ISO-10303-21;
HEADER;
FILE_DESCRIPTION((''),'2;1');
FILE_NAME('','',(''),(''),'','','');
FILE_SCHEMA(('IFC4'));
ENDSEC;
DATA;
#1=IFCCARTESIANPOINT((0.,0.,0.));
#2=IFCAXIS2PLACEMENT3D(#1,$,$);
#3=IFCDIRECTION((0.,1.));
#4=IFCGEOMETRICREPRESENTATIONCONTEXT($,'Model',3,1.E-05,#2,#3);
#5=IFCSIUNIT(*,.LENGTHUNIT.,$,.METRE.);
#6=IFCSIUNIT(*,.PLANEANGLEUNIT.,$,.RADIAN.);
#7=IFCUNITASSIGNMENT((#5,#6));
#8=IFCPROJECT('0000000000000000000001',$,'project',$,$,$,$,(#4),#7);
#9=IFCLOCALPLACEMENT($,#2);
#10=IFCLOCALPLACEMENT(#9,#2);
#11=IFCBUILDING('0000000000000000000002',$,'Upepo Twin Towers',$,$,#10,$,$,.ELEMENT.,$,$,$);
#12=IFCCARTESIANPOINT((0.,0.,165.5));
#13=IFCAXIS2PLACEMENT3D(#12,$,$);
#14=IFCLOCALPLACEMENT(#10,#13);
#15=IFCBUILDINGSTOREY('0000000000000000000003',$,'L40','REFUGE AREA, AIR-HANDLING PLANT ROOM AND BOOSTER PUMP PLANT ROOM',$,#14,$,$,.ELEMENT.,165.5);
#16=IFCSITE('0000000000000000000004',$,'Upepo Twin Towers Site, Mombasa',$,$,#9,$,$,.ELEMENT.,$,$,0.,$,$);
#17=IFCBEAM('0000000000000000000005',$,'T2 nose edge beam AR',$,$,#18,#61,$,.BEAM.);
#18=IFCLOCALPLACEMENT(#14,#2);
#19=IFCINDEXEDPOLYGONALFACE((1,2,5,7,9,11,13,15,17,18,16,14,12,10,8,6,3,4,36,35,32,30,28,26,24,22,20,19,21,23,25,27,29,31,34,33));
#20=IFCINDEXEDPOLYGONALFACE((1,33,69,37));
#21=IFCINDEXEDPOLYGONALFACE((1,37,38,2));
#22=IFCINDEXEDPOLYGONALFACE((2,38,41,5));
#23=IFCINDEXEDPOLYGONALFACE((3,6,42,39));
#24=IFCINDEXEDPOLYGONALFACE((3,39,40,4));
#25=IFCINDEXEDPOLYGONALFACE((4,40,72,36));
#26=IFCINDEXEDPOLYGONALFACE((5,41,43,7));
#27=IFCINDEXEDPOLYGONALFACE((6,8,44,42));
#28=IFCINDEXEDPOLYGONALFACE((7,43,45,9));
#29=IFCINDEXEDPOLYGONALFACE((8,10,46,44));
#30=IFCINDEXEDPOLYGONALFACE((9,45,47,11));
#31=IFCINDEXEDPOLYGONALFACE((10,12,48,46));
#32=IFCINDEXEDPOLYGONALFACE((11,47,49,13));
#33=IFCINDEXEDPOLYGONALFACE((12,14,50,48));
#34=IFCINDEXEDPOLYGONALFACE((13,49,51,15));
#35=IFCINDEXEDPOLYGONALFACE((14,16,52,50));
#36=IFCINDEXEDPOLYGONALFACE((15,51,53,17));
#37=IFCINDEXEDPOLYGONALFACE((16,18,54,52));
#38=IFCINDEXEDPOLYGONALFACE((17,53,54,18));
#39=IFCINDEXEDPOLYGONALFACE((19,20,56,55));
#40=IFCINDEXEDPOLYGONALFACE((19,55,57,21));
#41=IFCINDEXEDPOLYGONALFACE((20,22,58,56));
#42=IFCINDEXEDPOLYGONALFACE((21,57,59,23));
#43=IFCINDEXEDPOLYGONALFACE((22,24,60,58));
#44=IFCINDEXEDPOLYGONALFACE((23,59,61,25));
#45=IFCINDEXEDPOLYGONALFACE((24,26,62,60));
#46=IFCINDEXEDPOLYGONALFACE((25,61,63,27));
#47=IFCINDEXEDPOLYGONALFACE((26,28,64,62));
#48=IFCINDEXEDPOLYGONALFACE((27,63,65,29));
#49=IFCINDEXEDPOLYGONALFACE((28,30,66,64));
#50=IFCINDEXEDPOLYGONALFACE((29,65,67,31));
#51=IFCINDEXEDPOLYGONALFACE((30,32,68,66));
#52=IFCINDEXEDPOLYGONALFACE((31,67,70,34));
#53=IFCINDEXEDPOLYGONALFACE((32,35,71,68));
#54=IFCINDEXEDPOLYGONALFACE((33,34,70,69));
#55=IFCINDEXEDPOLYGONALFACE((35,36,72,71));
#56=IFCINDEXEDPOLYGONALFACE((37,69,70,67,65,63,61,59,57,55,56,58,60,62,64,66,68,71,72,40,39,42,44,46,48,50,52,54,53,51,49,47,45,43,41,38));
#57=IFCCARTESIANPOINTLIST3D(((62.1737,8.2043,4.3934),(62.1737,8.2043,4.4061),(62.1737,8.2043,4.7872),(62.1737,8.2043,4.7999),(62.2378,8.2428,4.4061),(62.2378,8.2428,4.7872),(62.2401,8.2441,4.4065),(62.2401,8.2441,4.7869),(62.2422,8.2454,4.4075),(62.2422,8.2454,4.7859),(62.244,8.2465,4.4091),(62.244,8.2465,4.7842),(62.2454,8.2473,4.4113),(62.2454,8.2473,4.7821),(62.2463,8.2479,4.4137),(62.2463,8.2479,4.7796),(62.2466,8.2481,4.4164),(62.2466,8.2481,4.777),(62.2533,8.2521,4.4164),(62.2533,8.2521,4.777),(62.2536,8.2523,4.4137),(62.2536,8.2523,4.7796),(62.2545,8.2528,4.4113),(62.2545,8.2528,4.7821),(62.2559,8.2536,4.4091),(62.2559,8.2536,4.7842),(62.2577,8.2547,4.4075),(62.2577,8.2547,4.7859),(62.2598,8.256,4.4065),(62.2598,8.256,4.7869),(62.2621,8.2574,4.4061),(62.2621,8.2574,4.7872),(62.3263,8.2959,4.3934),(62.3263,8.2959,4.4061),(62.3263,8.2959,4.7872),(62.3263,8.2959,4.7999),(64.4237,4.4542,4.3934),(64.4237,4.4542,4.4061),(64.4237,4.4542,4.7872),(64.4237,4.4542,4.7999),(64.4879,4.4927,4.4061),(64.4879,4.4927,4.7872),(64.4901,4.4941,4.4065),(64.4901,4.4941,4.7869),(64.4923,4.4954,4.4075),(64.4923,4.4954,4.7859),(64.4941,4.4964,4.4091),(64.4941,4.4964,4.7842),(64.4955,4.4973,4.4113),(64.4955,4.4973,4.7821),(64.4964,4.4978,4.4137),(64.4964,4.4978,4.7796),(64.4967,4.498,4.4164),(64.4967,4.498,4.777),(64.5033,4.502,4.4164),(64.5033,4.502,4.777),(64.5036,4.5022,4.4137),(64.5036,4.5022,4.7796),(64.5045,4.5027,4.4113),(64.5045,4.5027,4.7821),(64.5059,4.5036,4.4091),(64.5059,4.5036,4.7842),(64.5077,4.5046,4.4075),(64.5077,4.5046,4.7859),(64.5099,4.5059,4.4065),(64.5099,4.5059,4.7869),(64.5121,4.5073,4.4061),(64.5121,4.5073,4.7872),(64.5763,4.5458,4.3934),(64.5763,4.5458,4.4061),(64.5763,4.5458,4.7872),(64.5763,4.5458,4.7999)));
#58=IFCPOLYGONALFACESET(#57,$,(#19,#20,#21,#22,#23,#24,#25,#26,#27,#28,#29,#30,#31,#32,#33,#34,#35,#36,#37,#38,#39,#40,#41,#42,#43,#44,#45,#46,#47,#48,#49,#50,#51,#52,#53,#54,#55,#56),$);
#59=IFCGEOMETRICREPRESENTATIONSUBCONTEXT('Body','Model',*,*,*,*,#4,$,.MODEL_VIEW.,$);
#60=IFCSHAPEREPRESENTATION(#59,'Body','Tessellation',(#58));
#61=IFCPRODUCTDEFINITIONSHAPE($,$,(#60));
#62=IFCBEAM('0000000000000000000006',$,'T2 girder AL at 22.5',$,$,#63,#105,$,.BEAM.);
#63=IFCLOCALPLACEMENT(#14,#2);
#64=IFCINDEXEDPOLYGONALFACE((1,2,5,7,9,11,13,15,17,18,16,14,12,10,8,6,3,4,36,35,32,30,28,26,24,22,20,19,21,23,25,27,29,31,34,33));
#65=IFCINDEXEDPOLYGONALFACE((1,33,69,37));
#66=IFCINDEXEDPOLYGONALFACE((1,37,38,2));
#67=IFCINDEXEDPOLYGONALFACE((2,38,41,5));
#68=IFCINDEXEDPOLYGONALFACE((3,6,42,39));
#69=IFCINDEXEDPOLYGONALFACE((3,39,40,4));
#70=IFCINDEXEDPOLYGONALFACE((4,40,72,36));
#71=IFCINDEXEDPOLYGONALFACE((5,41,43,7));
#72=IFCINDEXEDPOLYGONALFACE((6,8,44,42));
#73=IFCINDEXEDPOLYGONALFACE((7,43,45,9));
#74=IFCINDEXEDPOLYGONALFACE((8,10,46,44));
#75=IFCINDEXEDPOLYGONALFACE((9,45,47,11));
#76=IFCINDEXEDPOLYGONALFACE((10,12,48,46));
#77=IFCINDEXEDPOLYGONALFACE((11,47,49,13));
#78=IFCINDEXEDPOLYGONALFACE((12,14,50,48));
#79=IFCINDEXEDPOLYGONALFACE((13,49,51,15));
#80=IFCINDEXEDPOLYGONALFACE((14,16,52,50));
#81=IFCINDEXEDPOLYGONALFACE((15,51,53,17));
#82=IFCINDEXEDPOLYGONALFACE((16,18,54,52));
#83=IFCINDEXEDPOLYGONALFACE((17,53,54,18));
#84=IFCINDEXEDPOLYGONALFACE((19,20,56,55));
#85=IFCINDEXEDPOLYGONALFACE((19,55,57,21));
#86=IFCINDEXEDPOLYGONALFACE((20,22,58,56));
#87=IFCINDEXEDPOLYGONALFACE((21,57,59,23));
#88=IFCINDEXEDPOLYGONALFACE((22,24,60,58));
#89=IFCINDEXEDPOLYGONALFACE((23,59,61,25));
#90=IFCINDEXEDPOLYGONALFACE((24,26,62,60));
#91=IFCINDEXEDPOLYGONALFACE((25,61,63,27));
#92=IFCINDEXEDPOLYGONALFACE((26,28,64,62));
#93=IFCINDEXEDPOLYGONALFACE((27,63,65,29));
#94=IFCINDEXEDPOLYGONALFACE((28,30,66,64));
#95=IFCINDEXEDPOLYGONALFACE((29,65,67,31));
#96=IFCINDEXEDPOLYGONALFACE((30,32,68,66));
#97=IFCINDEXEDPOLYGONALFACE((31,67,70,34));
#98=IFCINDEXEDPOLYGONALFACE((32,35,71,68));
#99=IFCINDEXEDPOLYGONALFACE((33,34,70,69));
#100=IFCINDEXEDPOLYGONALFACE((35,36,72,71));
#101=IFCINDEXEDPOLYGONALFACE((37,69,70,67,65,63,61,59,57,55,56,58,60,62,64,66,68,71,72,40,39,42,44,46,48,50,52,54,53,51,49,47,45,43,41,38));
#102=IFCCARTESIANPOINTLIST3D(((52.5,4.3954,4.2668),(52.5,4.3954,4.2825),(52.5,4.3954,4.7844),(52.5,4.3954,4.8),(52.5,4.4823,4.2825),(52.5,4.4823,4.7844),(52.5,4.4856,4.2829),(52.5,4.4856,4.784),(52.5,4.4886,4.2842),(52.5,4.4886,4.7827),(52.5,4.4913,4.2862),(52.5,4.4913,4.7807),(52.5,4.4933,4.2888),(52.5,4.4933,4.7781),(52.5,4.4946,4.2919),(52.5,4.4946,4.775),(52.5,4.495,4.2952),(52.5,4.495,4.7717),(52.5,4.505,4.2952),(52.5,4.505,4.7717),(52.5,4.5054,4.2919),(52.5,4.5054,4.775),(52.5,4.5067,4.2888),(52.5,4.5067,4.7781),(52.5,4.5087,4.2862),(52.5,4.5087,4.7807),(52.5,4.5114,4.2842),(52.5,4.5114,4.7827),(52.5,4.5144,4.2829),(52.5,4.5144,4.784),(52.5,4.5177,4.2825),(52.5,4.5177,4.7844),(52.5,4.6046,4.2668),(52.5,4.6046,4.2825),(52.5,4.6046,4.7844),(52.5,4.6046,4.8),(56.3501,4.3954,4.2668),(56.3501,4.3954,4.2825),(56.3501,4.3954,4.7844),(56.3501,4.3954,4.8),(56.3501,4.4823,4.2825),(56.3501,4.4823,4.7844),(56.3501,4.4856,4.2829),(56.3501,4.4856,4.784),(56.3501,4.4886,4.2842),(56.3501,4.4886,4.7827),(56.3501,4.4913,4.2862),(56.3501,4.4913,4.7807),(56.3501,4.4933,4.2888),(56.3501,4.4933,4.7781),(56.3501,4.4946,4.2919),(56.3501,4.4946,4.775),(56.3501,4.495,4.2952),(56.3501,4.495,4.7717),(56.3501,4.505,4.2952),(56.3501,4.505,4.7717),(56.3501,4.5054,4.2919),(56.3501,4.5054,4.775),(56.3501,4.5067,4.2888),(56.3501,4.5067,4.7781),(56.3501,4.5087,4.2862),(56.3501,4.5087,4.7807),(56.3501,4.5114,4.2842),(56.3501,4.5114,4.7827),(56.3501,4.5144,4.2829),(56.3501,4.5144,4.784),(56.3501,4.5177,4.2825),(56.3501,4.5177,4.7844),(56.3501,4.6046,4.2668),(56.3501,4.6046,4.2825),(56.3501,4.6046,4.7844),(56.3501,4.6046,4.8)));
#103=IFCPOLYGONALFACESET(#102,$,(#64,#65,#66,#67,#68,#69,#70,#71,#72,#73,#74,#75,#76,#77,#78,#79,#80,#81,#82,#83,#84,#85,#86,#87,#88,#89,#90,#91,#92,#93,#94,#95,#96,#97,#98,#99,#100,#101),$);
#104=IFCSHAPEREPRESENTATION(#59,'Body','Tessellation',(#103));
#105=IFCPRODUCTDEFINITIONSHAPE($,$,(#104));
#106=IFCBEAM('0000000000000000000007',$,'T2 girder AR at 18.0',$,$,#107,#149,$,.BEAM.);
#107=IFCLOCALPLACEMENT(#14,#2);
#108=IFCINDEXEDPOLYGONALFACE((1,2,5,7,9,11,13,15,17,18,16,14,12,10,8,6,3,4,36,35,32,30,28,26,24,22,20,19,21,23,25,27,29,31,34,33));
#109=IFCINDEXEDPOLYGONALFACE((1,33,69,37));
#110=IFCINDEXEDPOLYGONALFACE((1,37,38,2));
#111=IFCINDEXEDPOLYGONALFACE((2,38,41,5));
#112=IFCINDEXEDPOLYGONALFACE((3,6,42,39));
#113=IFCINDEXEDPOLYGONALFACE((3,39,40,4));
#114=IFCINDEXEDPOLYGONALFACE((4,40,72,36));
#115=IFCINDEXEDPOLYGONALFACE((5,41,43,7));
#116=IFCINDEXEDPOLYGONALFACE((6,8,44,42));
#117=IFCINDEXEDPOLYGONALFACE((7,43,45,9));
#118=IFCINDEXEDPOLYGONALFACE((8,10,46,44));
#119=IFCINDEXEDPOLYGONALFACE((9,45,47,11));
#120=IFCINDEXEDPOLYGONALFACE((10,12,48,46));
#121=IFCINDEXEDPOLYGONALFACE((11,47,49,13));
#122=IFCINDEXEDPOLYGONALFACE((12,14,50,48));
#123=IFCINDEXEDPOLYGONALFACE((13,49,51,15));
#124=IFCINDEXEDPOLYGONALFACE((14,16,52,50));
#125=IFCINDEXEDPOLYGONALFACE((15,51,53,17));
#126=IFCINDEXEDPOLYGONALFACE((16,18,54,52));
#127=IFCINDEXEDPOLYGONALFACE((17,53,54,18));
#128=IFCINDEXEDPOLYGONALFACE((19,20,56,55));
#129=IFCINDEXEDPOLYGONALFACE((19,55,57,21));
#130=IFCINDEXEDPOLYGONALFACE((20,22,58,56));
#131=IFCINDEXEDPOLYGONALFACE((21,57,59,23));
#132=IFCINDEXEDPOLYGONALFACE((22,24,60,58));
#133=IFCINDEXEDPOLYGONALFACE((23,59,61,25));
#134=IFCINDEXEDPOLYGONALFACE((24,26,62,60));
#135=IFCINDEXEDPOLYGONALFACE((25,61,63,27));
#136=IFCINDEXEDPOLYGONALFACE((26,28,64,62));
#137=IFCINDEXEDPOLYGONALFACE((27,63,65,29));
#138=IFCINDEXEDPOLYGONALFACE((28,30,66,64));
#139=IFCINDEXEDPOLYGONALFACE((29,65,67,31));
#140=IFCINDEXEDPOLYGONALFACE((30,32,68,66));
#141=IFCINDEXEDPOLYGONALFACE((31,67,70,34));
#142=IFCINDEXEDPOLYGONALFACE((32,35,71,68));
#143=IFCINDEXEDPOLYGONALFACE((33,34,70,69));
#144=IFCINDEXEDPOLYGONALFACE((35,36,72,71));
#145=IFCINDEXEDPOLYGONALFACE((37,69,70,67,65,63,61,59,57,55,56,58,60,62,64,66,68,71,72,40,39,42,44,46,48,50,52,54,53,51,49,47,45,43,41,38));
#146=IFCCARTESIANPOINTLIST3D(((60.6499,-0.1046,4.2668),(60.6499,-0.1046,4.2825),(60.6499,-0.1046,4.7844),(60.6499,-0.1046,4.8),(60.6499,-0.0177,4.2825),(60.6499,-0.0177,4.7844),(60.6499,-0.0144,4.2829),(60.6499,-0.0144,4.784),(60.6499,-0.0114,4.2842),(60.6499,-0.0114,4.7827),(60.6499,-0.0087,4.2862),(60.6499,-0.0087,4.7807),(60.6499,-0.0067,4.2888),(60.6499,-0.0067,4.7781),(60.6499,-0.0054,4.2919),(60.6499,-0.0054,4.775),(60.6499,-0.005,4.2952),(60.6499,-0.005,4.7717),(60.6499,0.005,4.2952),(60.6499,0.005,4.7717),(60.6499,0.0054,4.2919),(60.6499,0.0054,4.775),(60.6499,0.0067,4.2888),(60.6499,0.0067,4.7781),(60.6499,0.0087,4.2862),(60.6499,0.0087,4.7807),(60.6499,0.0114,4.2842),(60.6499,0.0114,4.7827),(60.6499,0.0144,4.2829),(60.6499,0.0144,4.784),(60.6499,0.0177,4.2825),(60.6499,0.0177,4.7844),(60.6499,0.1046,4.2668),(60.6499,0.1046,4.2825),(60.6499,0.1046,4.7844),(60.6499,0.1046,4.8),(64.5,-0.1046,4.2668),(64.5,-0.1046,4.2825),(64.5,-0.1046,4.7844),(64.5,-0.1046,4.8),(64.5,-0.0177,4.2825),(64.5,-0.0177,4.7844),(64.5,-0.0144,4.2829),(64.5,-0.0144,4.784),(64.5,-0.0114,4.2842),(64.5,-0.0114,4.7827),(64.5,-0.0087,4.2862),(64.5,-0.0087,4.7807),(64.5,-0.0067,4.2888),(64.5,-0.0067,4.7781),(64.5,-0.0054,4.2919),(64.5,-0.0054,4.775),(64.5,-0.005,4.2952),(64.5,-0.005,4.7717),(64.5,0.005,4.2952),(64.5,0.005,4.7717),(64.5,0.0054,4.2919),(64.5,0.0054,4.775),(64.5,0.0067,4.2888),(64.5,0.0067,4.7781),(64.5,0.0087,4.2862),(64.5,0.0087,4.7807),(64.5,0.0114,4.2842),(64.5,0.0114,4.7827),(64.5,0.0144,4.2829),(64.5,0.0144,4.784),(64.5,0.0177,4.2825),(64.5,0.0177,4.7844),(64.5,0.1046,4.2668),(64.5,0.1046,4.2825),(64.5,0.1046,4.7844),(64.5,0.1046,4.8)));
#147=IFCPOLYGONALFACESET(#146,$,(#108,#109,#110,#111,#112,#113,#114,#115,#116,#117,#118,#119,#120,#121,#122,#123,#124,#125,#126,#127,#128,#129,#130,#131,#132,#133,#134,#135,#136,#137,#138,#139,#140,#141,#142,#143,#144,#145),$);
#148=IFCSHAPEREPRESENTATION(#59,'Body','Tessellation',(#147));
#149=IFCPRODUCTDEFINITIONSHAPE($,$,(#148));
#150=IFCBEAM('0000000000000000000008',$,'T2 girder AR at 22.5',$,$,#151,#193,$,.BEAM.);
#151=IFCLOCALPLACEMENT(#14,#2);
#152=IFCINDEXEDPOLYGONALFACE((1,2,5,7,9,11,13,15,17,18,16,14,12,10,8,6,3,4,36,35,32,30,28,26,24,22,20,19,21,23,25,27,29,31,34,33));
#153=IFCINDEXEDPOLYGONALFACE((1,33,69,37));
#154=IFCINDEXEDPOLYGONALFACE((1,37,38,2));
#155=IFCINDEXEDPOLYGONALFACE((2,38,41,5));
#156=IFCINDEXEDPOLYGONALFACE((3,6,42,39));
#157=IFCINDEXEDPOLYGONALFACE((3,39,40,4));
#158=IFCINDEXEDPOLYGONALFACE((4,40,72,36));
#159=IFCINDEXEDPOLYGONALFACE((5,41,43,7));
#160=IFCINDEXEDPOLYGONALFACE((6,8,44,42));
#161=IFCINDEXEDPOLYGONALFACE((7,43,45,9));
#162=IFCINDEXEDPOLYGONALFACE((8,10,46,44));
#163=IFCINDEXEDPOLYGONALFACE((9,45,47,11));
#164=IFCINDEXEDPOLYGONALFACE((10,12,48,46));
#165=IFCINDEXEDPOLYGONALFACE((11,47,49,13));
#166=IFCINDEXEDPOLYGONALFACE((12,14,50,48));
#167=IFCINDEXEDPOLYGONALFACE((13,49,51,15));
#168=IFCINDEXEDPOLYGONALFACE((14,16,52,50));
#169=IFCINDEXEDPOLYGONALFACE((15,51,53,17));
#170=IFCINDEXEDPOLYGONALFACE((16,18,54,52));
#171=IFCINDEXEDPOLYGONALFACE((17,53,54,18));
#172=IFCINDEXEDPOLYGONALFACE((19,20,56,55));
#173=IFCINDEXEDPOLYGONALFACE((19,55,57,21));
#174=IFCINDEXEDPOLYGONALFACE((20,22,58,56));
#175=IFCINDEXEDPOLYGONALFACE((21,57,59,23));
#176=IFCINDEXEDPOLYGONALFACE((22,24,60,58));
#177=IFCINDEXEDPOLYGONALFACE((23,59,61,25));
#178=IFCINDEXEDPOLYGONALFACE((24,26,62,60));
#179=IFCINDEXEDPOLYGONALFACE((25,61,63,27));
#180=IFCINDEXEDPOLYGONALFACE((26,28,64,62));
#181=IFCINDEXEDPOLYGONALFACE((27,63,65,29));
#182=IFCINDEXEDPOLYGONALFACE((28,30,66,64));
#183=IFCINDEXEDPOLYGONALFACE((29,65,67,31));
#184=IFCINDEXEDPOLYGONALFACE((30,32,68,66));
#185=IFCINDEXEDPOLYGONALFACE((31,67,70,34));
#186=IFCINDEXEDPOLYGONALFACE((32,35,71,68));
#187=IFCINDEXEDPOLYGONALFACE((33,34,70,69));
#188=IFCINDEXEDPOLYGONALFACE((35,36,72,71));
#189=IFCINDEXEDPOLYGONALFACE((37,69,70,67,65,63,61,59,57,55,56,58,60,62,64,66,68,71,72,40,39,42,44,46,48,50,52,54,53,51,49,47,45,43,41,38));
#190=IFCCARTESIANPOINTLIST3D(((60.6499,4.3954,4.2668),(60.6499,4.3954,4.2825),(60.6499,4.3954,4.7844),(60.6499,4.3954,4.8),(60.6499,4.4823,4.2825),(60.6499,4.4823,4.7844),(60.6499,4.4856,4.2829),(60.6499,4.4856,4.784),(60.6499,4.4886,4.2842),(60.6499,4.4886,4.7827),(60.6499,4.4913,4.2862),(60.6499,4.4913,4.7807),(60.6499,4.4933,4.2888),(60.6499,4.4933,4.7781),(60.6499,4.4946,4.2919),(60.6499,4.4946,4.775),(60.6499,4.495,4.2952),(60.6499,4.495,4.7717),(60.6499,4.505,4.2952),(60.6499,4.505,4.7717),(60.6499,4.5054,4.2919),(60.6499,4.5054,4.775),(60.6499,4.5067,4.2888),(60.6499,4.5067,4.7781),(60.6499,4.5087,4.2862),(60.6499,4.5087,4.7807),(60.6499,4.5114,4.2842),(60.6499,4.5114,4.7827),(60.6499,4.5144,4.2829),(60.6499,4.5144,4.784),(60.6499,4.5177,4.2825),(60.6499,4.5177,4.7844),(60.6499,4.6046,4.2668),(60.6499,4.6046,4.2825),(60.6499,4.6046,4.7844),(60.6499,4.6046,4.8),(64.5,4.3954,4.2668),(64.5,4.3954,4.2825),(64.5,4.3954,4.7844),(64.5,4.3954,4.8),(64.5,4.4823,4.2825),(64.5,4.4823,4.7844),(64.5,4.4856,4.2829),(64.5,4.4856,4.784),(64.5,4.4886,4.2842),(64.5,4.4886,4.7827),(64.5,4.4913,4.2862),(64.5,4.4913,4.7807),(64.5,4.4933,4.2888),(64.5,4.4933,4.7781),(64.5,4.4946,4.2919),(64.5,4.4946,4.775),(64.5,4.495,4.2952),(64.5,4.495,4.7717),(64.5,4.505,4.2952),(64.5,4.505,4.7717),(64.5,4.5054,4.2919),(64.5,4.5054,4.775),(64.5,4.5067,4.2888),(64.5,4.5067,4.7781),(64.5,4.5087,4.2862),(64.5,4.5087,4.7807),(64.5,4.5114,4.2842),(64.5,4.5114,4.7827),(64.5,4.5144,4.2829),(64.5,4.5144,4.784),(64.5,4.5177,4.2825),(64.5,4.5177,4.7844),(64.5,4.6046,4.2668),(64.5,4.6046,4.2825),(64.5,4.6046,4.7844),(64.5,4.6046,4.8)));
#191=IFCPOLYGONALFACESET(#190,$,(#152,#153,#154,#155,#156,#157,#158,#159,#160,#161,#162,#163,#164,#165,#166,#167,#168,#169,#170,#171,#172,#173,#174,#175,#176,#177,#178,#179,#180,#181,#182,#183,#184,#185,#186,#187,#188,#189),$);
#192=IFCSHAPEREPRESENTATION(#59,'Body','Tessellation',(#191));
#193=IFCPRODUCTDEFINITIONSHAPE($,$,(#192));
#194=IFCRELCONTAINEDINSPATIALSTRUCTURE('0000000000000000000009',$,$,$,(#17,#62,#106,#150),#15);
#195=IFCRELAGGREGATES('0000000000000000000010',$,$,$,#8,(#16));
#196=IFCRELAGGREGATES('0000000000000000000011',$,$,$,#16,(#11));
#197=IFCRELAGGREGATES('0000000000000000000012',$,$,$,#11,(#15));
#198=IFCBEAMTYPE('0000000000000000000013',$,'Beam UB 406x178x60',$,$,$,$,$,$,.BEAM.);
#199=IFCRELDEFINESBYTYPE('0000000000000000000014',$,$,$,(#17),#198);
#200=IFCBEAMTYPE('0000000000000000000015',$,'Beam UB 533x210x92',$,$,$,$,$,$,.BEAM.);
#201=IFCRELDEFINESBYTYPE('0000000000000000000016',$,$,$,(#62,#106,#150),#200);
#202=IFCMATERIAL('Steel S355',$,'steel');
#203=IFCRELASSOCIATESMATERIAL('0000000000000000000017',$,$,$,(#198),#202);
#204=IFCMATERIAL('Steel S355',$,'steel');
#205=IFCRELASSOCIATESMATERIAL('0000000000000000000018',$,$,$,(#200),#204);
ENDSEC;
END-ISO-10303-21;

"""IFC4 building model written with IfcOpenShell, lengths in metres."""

from ifc_helpers import new_model, si_unit, direction, frame, origin, origin_2d, place, context, subcontext, project, spatial, i_section, extrude, material, material_profile, profile_set, type_object, element, save


model = new_model("IFC4")

# Units and contexts
model_context = context("Model", 3, precision=1e-05, world=origin(), true_north=direction((0.0, 1.0)))
body_context = subcontext(model_context, "Body", "Model", "MODEL_VIEW")
ifc_project = project(units=[si_unit("LENGTHUNIT", "METRE"), si_unit("PLANEANGLEUNIT", "RADIAN")], contexts=[model_context])

# Site, building, storey
site_placement = place(None, origin())
site = spatial("IfcSite", under=ifc_project, at=site_placement, Name="Upepo Twin Towers Site, Mombasa", CompositionType="ELEMENT", RefElevation=0.0)
building_placement = place(site_placement, origin())
building = spatial("IfcBuilding", under=site, at=building_placement, Name="Upepo Twin Towers", CompositionType="ELEMENT")
storey_placement = place(building_placement, frame((0.0, 0.0, 165.5)))
storey = spatial("IfcBuildingStorey", under=building, at=storey_placement, Name="L40", Description="REFUGE AREA, AIR-HANDLING PLANT ROOM AND BOOSTER PUMP PLANT ROOM", CompositionType="ELEMENT", Elevation=165.5)

# Beams
ifc_material_1 = material(Name="Steel S355", Category="steel")
ifc_material_profile_1 = material_profile(ifc_material_1, i_section(OverallWidth=0.178, OverallDepth=0.4065, WebThickness=0.0078, FlangeThickness=0.0127, FilletRadius=0.0103, at=origin_2d()), Name="UB 406x178x60")
ifc_profile_set_1 = profile_set([ifc_material_profile_1], Name="Steel S355")
beam_type_1 = type_object("IfcBeamType", Name="Beam UB 406x178x60", PredefinedType="BEAM", material=ifc_profile_set_1)
beam_1_placement = place(storey_placement, frame((64.5, 4.5, 4.5967), z_axis=(-0.514496, 0.857493, 0.0), x_axis=(-0.857493, -0.514496, 0.0)))
element("IfcBeam", 1, at=beam_1_placement, inside=storey, type_object=beam_type_1, Name="T2 nose edge beam AR", PredefinedType="BEAM", context=body_context, shape_type="SweptSolid", body=[
    extrude(i_section(OverallWidth=0.178, OverallDepth=0.4065, WebThickness=0.0078, FlangeThickness=0.0127, FilletRadius=0.0103, at=origin_2d()), origin(), (0.0, 0.0, 1.0), 4.3733),
])
ifc_material_2 = material(Name="Steel S355", Category="steel")
ifc_material_profile_2 = material_profile(ifc_material_2, i_section(OverallWidth=0.2092, OverallDepth=0.5332, WebThickness=0.01, FlangeThickness=0.0156, FilletRadius=0.0127, at=origin_2d()), Name="UB 533x210x92")
ifc_profile_set_2 = profile_set([ifc_material_profile_2], Name="Steel S355")
beam_type_2 = type_object("IfcBeamType", Name="Beam UB 533x210x92", PredefinedType="BEAM", material=ifc_profile_set_2)
for number, where, z_axis, x_axis, name in (
    (2, (52.5, 4.5, 4.5334), (1.0, 0.0, 0.0), (0.0, 1.0, 0.0), "T2 girder AL at 22.5"),
    (3, (64.5, 0.0, 4.5334), (-1.0, 0.0, 0.0), (0.0, -1.0, 0.0), "T2 girder AR at 18.0"),
    (4, (64.5, 4.5, 4.5334), (-1.0, 0.0, 0.0), (0.0, -1.0, 0.0), "T2 girder AR at 22.5"),
):
    element("IfcBeam", number, at=place(storey_placement, frame(where, z_axis=z_axis, x_axis=x_axis)), inside=storey, type_object=beam_type_2, Name=name, PredefinedType="BEAM", context=body_context, shape_type="SweptSolid", body=[
        extrude(i_section(OverallWidth=0.2092, OverallDepth=0.5332, WebThickness=0.01, FlangeThickness=0.0156, FilletRadius=0.0127, at=origin_2d()), origin(), (0.0, 0.0, 1.0), 3.8501),
    ])

save(model, "model.ifc")
